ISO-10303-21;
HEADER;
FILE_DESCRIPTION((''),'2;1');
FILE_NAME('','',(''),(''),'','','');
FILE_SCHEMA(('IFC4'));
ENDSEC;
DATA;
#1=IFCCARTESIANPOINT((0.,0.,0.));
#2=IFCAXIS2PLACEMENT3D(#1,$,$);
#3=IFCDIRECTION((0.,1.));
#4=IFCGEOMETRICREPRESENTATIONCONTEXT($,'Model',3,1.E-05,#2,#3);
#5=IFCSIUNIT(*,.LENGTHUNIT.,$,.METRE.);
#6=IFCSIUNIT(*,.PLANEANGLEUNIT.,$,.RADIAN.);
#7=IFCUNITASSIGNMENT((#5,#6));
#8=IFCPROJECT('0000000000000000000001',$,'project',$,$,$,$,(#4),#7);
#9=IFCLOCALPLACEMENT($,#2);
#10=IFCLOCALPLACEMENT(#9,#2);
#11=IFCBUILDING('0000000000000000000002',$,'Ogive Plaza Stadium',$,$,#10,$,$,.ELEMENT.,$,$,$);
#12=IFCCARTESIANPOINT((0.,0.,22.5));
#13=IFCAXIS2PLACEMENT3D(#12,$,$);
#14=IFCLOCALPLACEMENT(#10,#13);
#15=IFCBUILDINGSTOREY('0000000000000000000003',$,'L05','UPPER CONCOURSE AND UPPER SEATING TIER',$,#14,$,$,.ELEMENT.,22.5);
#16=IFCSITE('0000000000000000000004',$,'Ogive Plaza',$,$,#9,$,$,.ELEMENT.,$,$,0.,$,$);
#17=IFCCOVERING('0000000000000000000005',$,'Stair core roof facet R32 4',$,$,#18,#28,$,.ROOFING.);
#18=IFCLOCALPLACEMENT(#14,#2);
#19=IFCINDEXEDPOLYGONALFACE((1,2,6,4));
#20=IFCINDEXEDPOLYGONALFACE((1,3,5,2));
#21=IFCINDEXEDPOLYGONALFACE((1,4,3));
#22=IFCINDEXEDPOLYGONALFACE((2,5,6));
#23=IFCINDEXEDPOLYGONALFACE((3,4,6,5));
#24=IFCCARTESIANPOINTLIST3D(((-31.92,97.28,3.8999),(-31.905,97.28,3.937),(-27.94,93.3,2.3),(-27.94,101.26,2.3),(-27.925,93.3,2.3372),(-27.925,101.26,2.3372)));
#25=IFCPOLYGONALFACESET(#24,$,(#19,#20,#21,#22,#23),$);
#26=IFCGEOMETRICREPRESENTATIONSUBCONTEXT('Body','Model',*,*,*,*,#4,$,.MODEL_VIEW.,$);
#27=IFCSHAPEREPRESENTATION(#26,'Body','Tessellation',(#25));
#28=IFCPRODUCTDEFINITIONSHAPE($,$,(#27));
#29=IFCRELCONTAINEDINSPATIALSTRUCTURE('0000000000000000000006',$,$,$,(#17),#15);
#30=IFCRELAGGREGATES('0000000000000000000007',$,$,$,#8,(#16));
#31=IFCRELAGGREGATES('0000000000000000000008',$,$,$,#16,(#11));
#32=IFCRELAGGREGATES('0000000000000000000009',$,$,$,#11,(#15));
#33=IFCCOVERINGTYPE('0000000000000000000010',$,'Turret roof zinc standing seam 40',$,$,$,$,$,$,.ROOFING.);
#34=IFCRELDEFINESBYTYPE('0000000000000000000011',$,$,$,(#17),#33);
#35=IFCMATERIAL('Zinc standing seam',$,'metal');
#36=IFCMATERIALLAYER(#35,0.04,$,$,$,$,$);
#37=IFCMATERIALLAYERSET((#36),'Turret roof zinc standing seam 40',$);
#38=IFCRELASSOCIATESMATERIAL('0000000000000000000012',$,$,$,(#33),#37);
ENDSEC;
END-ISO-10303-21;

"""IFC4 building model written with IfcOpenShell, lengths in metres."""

from ifc_helpers import new_model, si_unit, direction, frame, origin, place, context, subcontext, project, spatial, polyline, outline, extrude, material, layer, layer_set, type_object, element, save


model = new_model("IFC4")

# Units and contexts
model_context = context("Model", 3, precision=1e-05, world=origin(), true_north=direction((0.0, 1.0)))
body_context = subcontext(model_context, "Body", "Model", "MODEL_VIEW")
ifc_project = project(units=[si_unit("LENGTHUNIT", "METRE"), si_unit("PLANEANGLEUNIT", "RADIAN")], contexts=[model_context])

# Site, building, storey
site_placement = place(None, origin())
site = spatial("IfcSite", under=ifc_project, at=site_placement, Name="Ogive Plaza", CompositionType="ELEMENT", RefElevation=0.0)
building_placement = place(site_placement, origin())
building = spatial("IfcBuilding", under=site, at=building_placement, Name="Ogive Plaza Stadium", CompositionType="ELEMENT")
storey_placement = place(building_placement, frame((0.0, 0.0, 22.5)))
storey = spatial("IfcBuildingStorey", under=building, at=storey_placement, Name="L05", Description="UPPER CONCOURSE AND UPPER SEATING TIER", CompositionType="ELEMENT", Elevation=22.5)

# Covering
ifc_material_1 = material(Name="Zinc standing seam", Category="metal")
ifc_layer_1 = layer(ifc_material_1, 0.04)
ifc_layer_set_1 = layer_set([ifc_layer_1], Name="Turret roof zinc standing seam 40")
covering_type_1 = type_object("IfcCoveringType", Name="Turret roof zinc standing seam 40", PredefinedType="ROOFING", material=ifc_layer_set_1)
covering_1_placement = place(storey_placement, frame((-27.925, 93.3, 2.3372), z_axis=(0.37297, 0.0, 0.927843), x_axis=(0.0, 1.0, 0.0)))
element("IfcCovering", 1, at=covering_1_placement, inside=storey, type_object=covering_type_1, Name="Stair core roof facet R32 4", PredefinedType="ROOFING", context=body_context, shape_type="SweptSolid", body=[
    extrude(outline(polyline([(0.0, 0.0), (7.96, 0.0), (3.98, 4.2895), (0.0, 0.0)])), origin(), (0.0, 0.0, -1.0), 0.04),
])

save(model, "model.ifc")
